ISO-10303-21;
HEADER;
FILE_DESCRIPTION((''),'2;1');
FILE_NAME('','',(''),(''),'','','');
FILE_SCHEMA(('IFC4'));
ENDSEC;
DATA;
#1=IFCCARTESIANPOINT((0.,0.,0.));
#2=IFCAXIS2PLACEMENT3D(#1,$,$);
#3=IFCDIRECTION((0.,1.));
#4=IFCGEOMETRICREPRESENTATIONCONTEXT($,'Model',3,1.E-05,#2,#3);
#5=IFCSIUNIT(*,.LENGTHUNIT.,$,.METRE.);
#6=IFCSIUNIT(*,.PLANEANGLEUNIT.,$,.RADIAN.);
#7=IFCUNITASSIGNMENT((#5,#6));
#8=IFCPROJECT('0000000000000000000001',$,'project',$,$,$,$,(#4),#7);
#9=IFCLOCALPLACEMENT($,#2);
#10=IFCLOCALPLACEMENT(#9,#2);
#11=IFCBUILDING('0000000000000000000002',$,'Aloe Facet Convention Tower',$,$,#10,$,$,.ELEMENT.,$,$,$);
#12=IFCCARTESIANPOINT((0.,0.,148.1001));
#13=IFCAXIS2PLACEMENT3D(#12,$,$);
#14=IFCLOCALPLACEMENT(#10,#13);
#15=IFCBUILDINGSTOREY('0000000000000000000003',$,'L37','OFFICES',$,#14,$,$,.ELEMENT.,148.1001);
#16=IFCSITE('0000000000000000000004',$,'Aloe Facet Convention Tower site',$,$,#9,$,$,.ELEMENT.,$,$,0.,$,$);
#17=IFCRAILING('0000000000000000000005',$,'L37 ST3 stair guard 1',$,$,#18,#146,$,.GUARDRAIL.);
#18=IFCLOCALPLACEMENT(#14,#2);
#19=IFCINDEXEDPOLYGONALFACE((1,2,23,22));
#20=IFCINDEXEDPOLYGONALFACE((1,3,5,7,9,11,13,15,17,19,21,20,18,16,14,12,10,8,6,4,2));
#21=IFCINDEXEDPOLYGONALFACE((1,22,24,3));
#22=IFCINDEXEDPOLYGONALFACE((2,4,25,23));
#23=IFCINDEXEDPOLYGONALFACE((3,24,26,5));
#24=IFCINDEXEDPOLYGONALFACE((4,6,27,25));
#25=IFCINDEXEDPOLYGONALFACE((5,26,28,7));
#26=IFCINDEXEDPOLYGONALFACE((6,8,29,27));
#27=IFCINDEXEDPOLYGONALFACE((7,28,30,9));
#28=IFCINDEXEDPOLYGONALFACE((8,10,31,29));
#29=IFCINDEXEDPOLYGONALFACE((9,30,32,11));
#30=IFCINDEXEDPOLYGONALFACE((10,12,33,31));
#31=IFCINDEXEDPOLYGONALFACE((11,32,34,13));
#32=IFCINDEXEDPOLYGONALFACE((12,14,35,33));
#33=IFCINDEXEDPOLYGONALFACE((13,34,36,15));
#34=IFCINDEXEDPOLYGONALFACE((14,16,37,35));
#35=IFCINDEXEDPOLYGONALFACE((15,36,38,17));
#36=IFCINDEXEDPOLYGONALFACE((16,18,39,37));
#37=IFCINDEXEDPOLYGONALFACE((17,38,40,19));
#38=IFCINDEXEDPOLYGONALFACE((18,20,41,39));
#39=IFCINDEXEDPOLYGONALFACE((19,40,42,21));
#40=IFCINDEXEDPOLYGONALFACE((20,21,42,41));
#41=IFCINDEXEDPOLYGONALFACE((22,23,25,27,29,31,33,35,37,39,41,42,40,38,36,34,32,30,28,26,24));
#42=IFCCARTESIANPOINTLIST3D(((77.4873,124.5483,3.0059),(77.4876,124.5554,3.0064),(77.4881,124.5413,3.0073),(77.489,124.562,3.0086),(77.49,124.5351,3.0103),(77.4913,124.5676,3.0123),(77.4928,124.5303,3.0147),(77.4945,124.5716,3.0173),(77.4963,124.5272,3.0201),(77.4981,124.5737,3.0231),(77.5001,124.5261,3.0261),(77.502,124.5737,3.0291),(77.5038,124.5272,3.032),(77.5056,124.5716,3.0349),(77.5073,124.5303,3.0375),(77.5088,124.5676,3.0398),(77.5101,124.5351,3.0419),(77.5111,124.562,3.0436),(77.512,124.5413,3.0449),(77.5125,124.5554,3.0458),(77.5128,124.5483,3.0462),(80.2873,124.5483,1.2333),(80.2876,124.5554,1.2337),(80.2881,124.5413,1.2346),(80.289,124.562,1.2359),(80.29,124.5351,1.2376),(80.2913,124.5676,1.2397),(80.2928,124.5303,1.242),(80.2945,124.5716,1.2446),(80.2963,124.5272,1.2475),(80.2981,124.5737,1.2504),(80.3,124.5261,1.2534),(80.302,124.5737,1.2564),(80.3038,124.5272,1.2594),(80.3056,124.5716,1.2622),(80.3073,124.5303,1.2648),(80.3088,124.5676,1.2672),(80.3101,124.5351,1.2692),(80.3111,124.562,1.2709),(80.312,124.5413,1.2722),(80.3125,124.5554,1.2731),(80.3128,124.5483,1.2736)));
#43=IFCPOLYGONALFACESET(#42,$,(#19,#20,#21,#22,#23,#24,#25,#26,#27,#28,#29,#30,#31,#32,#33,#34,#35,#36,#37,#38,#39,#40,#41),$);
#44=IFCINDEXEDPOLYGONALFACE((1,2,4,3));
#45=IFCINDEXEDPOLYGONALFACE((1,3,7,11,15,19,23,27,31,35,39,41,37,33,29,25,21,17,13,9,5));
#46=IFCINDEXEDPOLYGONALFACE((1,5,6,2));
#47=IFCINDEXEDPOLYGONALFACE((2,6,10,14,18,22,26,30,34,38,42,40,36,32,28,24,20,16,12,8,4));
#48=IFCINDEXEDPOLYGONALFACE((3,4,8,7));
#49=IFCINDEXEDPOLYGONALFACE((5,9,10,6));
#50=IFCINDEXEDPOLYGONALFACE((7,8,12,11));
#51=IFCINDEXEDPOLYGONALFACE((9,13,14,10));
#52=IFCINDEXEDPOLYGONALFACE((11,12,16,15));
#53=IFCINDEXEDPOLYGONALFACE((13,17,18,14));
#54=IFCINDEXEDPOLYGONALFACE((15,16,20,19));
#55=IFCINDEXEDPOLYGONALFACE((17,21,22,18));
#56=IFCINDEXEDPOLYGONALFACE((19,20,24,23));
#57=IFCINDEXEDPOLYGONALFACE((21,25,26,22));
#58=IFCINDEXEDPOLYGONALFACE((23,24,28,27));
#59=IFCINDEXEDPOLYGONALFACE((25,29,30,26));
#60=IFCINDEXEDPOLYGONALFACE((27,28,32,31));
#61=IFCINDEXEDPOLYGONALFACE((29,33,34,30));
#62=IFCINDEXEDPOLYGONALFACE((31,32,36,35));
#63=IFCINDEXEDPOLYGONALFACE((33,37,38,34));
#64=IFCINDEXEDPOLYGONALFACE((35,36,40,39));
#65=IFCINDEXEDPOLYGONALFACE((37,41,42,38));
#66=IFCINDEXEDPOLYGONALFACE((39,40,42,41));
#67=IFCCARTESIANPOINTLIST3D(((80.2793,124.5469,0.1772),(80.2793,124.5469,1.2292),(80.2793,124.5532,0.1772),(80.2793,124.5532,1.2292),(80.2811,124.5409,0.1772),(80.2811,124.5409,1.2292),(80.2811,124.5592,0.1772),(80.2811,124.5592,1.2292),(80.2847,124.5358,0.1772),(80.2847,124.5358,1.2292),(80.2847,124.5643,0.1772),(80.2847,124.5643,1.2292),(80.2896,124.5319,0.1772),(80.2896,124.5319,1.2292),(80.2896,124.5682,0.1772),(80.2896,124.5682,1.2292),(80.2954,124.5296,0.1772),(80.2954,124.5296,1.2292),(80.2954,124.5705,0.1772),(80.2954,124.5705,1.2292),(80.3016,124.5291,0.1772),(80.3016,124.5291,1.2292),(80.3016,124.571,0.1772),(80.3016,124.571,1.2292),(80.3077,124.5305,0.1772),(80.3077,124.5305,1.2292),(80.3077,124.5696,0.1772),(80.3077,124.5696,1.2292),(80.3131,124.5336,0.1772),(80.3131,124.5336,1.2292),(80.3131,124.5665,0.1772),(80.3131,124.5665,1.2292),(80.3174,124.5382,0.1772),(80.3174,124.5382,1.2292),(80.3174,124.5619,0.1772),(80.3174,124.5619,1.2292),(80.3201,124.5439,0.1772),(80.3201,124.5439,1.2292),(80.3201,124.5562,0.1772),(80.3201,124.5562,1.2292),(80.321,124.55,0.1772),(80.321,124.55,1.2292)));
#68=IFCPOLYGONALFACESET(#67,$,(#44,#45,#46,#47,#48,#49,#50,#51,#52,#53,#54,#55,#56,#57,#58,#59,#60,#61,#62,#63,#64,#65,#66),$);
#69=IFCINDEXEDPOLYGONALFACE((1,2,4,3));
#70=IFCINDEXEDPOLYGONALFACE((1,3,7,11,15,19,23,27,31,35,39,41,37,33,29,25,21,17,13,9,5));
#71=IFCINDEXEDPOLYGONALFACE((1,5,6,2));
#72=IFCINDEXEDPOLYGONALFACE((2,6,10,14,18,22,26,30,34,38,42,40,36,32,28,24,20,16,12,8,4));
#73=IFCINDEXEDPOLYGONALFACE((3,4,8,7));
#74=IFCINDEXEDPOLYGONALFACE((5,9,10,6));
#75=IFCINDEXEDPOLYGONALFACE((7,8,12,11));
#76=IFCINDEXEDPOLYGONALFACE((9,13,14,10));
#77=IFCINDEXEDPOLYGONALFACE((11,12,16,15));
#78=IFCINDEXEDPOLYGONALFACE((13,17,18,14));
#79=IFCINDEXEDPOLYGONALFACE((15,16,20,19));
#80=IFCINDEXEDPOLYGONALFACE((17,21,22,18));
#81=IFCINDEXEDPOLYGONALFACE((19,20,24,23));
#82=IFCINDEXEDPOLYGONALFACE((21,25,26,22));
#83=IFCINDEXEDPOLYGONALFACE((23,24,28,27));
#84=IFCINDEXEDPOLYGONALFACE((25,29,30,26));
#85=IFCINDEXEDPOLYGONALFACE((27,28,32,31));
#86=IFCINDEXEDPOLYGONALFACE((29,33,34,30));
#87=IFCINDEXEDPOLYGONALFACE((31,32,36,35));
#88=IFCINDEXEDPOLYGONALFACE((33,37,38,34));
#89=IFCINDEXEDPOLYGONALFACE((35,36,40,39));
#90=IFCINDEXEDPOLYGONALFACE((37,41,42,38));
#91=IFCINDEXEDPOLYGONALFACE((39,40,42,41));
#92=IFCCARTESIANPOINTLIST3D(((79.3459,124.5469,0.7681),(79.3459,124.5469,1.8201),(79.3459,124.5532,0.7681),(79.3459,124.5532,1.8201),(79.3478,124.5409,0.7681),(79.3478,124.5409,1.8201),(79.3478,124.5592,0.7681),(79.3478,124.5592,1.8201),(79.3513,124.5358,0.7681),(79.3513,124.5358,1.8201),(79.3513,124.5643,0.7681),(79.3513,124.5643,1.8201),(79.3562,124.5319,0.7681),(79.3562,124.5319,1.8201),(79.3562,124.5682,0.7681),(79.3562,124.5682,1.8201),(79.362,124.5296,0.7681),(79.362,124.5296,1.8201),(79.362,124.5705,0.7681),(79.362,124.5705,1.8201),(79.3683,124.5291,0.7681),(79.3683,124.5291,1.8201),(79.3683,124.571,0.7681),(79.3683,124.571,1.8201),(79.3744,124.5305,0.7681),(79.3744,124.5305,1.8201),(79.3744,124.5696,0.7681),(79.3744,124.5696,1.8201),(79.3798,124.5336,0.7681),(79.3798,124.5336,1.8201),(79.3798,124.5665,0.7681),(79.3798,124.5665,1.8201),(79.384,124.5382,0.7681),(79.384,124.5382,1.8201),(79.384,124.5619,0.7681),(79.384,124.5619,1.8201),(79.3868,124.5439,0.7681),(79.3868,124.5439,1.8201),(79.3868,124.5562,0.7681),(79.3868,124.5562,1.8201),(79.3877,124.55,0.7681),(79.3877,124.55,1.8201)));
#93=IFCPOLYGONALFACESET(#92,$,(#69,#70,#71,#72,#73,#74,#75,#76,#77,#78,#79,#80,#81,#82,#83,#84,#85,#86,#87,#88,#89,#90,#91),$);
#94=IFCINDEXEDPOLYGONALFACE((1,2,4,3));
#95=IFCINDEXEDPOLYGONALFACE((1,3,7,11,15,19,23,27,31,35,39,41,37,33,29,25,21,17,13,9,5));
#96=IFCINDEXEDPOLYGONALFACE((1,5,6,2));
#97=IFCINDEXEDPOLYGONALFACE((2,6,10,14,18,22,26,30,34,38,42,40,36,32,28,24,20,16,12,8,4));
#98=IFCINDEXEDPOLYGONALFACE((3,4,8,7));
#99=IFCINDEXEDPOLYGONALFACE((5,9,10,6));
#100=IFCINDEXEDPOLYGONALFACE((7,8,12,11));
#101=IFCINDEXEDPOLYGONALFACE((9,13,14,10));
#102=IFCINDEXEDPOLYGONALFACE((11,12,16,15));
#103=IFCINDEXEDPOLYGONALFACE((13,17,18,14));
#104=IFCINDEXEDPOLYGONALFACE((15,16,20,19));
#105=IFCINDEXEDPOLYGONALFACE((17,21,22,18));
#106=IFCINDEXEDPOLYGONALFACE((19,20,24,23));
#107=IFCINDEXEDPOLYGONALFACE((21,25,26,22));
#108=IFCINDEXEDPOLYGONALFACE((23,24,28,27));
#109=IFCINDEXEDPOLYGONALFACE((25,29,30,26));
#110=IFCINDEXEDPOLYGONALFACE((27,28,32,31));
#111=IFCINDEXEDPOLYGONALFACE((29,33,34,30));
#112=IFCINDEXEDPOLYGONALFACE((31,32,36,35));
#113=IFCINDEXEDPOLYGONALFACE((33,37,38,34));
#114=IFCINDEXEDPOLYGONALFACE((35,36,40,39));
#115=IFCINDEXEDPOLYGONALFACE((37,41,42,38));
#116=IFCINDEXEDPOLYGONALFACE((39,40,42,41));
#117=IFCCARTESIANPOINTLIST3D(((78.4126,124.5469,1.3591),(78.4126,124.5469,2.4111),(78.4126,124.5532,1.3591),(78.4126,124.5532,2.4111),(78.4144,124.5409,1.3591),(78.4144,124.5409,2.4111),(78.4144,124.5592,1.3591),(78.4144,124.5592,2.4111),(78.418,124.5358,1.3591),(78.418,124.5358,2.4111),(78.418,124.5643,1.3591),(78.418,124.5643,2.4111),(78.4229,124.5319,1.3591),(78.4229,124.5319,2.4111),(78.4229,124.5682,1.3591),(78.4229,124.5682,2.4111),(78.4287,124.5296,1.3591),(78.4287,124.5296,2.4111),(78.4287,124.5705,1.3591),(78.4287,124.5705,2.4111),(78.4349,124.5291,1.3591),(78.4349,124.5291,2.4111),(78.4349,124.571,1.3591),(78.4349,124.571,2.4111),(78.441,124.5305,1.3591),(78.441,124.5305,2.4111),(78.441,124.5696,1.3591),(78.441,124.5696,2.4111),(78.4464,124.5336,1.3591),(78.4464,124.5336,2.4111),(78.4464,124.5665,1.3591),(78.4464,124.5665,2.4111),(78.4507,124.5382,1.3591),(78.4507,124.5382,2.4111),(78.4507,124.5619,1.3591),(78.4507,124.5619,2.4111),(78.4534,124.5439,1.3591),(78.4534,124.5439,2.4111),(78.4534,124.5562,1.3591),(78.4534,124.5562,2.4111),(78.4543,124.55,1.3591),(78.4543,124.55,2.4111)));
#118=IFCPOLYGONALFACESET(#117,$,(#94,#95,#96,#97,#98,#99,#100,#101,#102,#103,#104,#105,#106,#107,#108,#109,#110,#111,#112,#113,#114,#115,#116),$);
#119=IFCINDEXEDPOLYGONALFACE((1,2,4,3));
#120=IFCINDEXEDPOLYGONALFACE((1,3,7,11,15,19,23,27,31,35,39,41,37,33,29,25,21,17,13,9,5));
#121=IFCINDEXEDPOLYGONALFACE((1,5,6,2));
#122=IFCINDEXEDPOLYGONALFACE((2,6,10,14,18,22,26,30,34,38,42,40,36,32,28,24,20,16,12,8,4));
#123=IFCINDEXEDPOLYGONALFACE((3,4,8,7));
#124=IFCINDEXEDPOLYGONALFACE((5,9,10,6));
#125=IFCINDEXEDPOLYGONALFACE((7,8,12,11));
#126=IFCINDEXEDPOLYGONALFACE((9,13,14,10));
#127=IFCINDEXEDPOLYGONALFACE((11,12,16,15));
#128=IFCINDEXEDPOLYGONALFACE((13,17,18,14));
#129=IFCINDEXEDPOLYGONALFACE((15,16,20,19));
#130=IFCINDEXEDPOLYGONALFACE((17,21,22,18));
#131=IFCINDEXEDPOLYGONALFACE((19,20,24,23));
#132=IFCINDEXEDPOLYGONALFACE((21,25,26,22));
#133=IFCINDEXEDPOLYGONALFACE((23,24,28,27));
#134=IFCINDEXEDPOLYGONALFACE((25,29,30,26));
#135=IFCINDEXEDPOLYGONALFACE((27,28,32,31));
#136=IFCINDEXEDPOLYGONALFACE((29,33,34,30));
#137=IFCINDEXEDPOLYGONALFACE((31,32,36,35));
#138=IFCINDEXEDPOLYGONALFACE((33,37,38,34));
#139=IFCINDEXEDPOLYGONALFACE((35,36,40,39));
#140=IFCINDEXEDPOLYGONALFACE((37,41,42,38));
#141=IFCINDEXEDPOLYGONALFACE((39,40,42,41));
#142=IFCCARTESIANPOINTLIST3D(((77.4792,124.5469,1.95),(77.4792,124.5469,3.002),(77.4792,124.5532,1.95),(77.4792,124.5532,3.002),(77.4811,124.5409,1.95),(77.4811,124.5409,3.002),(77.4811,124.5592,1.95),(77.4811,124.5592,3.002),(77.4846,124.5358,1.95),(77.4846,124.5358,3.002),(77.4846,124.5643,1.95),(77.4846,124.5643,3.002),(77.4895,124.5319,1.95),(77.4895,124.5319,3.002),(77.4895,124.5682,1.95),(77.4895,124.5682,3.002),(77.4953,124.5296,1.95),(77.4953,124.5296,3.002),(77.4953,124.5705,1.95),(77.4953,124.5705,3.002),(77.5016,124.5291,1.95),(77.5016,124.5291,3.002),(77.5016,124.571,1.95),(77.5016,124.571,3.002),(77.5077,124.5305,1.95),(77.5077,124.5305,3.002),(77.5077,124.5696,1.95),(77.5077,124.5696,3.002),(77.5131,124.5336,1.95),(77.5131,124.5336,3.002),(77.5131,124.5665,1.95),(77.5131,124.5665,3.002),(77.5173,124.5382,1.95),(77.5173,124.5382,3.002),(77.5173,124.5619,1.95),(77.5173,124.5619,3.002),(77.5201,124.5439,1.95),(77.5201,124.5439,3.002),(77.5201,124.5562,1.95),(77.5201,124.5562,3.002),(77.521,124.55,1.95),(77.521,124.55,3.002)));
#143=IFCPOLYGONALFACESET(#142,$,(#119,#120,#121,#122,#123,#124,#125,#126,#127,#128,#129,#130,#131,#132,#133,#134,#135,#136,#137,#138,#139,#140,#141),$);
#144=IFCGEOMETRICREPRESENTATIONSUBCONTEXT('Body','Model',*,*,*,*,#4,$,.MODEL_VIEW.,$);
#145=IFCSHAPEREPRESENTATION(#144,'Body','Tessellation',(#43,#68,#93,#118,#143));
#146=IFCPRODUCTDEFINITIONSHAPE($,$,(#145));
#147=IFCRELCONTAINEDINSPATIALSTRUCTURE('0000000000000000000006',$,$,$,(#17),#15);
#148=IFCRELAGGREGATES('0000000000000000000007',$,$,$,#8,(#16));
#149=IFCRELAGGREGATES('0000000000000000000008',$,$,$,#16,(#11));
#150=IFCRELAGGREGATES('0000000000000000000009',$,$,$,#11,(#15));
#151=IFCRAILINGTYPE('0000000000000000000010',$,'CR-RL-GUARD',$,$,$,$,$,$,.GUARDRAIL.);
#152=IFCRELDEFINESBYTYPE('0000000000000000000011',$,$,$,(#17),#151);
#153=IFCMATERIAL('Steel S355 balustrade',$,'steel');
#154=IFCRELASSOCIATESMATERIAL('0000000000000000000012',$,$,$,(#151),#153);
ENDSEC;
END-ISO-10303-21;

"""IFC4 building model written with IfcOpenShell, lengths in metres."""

from ifc_helpers import new_model, si_unit, direction, frame, origin, origin_2d, place, context, subcontext, project, spatial, circle, extrude, material, type_object, element, save


model = new_model("IFC4")

# Units and contexts
model_context = context("Model", 3, precision=1e-05, world=origin(), true_north=direction((0.0, 1.0)))
body_context = subcontext(model_context, "Body", "Model", "MODEL_VIEW")
ifc_project = project(units=[si_unit("LENGTHUNIT", "METRE"), si_unit("PLANEANGLEUNIT", "RADIAN")], contexts=[model_context])

# Site, building, storey
site_placement = place(None, origin())
site = spatial("IfcSite", under=ifc_project, at=site_placement, Name="Aloe Facet Convention Tower site", CompositionType="ELEMENT", RefElevation=0.0)
building_placement = place(site_placement, origin())
building = spatial("IfcBuilding", under=site, at=building_placement, Name="Aloe Facet Convention Tower", CompositionType="ELEMENT")
storey_placement = place(building_placement, frame((0.0, 0.0, 148.1001)))
storey = spatial("IfcBuildingStorey", under=building, at=storey_placement, Name="L37", Description="OFFICES", CompositionType="ELEMENT", Elevation=148.1001)

# Railing
ifc_material_1 = material(Name="Steel S355 balustrade", Category="steel")
railing_type_1 = type_object("IfcRailingType", Name="CR-RL-GUARD", PredefinedType="GUARDRAIL", material=ifc_material_1)
railing_1_placement = place(storey_placement, frame((80.3, 124.55, 0.1772)))
element("IfcRailing", 1, at=railing_1_placement, inside=storey, type_object=railing_type_1, Name="L37 ST3 stair guard 1", PredefinedType="GUARDRAIL", context=body_context, shape_type="SweptSolid", body=[
    extrude(circle(Radius=0.0239, at=origin_2d()), frame((0.0, 0.0, 1.0762), z_axis=(-0.844909, 0.0, 0.53491), x_axis=(0.0, -1.0, 0.0)), (0.0, 0.0, 1.0), 3.314),
    extrude(circle(Radius=0.021, at=origin_2d()), origin(), (0.0, 0.0, 1.0), 1.052),
    extrude(circle(Radius=0.021, at=origin_2d()), frame((-0.9333, 0.0, 0.5908)), (0.0, 0.0, 1.0), 1.052),
    extrude(circle(Radius=0.021, at=origin_2d()), frame((-1.8667, 0.0, 1.1819)), (0.0, 0.0, 1.0), 1.052),
    extrude(circle(Radius=0.021, at=origin_2d()), frame((-2.8, 0.0, 1.7727)), (0.0, 0.0, 1.0), 1.052),
])

save(model, "model.ifc")
